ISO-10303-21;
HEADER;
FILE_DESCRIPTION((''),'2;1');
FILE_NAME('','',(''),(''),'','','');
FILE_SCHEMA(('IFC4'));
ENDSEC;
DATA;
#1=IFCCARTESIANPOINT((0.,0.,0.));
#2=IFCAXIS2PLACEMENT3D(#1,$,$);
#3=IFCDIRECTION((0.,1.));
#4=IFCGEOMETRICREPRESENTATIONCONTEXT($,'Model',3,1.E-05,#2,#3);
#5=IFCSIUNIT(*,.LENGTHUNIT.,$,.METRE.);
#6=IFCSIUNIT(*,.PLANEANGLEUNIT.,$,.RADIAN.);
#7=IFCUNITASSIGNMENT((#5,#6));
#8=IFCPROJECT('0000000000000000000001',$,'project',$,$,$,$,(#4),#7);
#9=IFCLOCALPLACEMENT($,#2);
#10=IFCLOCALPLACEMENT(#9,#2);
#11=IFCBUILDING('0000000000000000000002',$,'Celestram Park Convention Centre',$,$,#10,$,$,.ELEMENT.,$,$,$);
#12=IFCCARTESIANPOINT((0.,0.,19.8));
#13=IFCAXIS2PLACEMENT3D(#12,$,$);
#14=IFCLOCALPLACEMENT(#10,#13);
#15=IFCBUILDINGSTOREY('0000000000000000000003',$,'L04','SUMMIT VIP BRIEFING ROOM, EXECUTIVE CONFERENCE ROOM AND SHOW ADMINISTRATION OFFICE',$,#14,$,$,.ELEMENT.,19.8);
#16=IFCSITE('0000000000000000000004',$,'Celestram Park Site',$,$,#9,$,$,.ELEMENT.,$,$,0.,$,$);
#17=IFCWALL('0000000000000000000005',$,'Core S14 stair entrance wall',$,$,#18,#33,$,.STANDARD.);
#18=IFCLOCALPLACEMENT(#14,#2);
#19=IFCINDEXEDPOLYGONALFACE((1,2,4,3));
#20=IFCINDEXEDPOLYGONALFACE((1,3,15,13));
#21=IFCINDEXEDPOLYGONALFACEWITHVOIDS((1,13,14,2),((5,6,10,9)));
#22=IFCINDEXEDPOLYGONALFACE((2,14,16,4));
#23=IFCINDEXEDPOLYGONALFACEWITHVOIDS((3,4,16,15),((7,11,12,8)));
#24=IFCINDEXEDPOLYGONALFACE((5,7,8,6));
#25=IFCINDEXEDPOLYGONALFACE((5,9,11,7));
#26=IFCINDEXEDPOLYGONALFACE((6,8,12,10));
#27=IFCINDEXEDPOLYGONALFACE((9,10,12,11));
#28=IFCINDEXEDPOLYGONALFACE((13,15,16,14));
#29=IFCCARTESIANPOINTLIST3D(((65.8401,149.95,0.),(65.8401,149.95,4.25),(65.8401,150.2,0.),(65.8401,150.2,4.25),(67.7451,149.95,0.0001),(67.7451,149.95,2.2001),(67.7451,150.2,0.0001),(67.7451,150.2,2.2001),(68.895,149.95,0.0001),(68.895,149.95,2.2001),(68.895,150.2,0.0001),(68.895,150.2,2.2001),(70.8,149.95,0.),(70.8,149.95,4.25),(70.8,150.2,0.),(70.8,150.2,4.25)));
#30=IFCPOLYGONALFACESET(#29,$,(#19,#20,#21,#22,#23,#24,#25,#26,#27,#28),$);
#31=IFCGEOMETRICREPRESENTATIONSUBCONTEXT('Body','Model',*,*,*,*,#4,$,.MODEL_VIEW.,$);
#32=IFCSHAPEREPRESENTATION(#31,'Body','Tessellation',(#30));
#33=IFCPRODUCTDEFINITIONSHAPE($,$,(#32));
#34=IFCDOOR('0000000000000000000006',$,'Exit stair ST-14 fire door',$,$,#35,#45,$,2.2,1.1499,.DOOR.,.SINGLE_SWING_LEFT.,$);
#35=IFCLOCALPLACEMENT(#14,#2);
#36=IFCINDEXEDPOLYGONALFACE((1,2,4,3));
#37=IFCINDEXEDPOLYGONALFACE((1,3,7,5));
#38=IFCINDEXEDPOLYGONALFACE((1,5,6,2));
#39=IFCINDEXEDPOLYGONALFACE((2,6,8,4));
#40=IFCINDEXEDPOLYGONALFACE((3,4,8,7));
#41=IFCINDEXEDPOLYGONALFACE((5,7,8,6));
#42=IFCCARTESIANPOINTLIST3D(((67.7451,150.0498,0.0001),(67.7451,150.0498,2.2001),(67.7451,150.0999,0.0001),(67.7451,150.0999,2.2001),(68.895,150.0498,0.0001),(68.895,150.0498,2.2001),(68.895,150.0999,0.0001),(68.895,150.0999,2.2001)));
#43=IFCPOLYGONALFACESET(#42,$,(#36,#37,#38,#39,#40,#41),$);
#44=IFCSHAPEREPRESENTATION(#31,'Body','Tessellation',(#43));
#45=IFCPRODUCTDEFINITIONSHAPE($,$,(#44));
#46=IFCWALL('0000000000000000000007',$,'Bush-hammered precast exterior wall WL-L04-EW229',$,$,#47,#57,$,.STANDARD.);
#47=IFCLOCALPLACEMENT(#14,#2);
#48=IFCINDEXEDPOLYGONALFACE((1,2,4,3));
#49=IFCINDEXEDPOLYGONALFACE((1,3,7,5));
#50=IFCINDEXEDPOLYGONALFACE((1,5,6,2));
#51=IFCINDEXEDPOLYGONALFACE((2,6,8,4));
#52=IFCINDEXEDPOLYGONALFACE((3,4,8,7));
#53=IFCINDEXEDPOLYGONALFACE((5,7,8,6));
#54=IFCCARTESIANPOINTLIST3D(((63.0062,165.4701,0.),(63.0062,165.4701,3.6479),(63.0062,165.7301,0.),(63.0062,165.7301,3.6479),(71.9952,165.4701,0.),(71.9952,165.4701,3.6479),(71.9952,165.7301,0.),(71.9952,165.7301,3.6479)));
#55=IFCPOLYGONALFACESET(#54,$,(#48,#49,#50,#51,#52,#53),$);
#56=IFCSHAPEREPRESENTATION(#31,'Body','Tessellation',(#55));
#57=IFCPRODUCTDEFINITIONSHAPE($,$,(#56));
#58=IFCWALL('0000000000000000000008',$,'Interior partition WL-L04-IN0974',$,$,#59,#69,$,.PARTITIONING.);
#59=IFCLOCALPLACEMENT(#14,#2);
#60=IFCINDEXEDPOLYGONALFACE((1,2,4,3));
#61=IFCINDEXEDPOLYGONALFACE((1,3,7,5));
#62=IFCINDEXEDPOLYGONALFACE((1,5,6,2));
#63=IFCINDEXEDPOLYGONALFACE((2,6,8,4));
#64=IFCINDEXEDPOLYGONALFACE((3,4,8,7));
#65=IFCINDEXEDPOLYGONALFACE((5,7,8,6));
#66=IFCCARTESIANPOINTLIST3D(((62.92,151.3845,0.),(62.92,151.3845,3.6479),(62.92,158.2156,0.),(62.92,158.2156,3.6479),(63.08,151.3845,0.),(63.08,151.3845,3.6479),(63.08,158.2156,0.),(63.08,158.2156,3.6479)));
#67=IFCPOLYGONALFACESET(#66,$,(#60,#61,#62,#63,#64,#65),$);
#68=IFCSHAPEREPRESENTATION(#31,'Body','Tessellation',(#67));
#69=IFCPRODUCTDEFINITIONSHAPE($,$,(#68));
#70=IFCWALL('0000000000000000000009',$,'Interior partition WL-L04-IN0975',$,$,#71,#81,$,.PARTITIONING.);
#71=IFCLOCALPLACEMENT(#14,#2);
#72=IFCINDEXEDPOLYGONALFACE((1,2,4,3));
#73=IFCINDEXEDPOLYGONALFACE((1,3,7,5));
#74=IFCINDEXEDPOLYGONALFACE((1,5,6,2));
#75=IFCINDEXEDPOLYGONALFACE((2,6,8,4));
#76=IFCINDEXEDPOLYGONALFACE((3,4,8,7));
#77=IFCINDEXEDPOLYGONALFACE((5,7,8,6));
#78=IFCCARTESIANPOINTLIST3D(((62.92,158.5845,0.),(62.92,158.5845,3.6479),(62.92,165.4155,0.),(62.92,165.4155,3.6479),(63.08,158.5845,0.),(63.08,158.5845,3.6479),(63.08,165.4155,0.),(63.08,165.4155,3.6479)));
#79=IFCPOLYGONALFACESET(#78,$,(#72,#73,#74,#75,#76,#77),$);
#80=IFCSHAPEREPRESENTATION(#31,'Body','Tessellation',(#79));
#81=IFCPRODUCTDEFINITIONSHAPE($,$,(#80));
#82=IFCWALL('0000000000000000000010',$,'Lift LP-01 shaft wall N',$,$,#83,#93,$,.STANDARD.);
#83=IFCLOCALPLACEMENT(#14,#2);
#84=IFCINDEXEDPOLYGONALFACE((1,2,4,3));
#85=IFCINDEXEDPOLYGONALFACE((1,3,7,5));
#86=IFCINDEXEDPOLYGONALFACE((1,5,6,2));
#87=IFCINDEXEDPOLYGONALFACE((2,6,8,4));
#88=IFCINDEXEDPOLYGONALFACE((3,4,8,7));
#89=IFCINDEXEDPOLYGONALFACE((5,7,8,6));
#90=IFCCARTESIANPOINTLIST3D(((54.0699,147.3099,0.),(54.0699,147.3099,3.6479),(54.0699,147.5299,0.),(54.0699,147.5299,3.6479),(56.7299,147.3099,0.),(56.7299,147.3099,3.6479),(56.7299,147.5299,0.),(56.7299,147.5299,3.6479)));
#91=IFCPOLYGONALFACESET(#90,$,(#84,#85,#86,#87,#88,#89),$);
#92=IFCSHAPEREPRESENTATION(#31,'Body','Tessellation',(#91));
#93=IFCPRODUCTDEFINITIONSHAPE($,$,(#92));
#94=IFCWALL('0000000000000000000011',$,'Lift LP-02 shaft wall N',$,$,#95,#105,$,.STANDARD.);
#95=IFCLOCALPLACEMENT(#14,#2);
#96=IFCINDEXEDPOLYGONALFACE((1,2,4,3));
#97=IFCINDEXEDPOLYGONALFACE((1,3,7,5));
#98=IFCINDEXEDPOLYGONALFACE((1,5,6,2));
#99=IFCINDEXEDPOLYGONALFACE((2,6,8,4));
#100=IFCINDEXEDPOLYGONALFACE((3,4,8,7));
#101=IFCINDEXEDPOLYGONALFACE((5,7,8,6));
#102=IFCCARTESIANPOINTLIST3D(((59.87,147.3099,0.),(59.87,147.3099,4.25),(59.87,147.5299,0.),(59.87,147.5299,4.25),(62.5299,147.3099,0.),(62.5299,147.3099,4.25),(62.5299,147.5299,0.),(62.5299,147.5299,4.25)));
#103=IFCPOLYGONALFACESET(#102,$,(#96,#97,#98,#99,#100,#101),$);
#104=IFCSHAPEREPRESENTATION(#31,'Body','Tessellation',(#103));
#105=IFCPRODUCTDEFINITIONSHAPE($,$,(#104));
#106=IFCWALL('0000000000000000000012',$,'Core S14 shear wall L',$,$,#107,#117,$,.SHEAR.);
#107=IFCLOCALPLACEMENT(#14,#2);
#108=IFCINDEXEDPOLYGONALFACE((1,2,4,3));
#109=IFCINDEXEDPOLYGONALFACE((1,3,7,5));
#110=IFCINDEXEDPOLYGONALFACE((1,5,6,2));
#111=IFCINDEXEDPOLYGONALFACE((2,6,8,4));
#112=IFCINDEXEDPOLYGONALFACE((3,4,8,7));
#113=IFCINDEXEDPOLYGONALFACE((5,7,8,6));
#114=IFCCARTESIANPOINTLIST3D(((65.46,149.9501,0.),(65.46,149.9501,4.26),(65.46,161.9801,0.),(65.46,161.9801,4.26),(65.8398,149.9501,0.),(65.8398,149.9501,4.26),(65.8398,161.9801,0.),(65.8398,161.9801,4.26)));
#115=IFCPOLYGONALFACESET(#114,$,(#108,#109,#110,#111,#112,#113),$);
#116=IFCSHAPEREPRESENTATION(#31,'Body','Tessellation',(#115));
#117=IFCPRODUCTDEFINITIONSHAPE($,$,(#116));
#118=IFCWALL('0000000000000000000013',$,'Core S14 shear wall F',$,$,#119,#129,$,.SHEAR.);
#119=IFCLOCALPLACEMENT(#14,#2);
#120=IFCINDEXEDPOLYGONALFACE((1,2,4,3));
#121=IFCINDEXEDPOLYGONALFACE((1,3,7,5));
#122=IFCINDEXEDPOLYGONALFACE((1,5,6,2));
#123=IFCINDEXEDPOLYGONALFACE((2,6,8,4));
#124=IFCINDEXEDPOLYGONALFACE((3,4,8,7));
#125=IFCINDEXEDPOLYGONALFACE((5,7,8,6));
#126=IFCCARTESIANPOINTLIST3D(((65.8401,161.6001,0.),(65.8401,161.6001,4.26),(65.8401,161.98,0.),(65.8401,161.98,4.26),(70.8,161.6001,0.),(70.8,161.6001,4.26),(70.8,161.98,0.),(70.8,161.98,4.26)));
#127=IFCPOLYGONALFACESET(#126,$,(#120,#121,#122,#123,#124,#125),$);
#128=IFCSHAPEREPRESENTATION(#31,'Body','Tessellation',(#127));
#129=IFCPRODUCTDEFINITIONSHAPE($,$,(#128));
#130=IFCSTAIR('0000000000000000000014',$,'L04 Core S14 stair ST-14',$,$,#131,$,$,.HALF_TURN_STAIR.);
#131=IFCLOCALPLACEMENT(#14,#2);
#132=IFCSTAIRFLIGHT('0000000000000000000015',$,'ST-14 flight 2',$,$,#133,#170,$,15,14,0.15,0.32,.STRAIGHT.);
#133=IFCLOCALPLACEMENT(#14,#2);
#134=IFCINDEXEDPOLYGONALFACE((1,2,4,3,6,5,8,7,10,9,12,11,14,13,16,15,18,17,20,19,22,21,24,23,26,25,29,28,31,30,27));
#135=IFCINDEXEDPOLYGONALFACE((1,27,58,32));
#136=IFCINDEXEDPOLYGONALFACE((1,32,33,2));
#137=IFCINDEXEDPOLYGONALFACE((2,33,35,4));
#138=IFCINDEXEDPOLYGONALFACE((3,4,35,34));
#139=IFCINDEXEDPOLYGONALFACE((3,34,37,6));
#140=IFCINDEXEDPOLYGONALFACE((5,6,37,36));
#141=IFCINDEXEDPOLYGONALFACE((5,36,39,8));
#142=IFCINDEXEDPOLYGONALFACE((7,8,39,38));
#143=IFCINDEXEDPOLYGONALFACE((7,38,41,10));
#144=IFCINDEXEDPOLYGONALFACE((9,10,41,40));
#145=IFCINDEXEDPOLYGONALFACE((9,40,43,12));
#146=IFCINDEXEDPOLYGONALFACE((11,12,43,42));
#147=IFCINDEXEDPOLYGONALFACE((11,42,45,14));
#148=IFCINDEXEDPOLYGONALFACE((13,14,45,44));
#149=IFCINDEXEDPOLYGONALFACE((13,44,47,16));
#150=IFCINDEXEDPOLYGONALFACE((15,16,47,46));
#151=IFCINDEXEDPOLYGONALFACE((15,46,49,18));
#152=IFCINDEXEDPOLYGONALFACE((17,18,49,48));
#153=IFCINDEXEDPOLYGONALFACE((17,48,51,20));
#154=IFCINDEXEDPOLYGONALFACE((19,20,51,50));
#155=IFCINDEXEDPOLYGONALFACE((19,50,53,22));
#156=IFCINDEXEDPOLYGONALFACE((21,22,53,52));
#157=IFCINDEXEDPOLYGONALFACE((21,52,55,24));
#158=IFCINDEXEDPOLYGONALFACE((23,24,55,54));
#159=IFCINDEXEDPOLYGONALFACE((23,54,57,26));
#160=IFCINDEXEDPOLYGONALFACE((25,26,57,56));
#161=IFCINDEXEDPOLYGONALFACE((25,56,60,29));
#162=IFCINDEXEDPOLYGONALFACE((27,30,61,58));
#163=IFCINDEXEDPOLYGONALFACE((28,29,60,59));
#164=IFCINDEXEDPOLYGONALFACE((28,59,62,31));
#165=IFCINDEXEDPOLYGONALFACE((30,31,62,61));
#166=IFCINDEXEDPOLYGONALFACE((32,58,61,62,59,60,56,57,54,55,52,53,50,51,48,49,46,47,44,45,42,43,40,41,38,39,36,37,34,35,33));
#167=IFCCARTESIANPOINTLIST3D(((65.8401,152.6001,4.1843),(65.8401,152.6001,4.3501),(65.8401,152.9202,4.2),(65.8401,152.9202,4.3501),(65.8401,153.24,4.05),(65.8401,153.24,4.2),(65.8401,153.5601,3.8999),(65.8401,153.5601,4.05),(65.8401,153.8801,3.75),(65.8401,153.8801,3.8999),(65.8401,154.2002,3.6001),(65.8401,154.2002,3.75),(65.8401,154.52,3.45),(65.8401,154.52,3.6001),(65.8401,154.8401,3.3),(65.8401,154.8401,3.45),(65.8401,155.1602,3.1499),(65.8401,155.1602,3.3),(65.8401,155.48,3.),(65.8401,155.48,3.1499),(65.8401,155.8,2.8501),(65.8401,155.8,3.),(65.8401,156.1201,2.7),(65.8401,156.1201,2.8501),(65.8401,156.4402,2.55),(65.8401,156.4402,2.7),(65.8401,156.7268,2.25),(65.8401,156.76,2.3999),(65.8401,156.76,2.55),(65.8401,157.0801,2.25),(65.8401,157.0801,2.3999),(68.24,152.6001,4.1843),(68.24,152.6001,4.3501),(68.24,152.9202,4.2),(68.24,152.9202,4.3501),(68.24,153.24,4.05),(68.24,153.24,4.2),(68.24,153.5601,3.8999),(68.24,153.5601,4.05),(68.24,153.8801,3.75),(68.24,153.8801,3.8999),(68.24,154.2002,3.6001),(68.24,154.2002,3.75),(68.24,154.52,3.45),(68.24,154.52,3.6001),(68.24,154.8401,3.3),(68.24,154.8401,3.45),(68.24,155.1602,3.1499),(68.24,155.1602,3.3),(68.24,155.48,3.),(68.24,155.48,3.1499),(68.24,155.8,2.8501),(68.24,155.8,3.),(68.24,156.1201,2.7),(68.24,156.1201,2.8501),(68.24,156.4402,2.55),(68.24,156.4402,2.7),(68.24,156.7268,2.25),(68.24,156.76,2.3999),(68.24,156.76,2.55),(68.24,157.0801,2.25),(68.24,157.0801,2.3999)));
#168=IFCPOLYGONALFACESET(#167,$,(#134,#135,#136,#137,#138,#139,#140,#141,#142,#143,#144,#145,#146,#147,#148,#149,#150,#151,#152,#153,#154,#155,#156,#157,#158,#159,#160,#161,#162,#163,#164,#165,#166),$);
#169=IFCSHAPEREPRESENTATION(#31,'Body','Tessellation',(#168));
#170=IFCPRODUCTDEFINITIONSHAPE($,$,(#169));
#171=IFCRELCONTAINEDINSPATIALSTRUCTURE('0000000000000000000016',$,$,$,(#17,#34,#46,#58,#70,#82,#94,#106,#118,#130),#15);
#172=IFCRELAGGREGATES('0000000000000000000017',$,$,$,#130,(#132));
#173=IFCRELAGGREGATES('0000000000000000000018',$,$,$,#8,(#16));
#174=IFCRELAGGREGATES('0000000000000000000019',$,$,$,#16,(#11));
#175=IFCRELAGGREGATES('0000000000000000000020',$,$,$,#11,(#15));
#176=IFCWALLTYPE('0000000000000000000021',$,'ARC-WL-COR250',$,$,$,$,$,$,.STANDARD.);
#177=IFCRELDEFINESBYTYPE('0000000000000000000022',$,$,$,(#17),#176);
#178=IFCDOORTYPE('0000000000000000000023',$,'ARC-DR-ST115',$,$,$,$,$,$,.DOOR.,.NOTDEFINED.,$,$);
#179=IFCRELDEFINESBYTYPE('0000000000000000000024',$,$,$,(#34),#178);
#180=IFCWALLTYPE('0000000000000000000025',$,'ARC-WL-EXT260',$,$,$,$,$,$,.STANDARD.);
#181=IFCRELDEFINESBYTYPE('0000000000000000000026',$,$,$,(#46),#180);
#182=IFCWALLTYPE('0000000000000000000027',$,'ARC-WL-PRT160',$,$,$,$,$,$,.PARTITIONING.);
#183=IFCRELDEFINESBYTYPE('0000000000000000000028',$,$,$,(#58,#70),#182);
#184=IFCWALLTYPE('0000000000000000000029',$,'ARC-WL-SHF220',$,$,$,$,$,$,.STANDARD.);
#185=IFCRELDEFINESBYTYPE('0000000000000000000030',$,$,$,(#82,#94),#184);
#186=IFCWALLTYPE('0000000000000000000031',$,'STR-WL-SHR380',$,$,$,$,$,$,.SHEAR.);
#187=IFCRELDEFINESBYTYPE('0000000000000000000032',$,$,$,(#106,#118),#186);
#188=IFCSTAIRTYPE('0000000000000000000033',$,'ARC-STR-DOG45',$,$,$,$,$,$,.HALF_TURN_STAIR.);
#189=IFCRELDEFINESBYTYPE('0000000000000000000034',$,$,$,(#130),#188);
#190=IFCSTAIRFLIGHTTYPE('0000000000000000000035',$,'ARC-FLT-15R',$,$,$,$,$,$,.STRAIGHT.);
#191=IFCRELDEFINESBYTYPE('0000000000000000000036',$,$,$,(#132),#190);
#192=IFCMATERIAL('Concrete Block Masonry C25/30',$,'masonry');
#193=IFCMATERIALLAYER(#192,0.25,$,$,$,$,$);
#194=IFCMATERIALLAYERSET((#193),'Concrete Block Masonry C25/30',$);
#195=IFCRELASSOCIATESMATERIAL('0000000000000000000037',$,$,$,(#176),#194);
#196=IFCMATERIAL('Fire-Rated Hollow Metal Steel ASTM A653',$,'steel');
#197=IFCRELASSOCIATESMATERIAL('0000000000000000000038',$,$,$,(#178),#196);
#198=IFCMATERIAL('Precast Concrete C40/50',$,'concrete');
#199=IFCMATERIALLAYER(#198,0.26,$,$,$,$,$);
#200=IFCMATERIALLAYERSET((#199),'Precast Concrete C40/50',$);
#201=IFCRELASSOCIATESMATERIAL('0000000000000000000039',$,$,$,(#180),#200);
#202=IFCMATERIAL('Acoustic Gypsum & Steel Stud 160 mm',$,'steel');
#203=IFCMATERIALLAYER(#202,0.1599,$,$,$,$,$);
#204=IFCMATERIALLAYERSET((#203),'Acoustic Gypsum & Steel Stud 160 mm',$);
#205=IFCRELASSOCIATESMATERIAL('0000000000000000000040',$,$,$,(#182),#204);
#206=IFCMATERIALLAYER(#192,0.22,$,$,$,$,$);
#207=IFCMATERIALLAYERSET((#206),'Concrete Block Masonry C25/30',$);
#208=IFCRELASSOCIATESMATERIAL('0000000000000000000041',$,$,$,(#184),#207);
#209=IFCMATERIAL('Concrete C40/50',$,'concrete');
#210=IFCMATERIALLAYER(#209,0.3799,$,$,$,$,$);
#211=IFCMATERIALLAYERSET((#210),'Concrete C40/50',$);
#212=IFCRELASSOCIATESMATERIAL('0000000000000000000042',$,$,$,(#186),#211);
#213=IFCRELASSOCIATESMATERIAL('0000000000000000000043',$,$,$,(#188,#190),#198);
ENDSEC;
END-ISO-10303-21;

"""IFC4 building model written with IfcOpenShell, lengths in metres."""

from ifc_helpers import new_model, si_unit, direction, frame, frame_2d, origin, place, context, subcontext, project, spatial, polyline, rectangle, outline, extrude, material, layer, layer_set, type_object, element, fill, aggregate, save


model = new_model("IFC4")

# Units and contexts
model_context = context("Model", 3, precision=1e-05, world=origin(), true_north=direction((0.0, 1.0)))
body_context = subcontext(model_context, "Body", "Model", "MODEL_VIEW")
ifc_project = project(units=[si_unit("LENGTHUNIT", "METRE"), si_unit("PLANEANGLEUNIT", "RADIAN")], contexts=[model_context])

# Site, building, storey
site_placement = place(None, origin())
site = spatial("IfcSite", under=ifc_project, at=site_placement, Name="Celestram Park Site", CompositionType="ELEMENT", RefElevation=0.0)
building_placement = place(site_placement, origin())
building = spatial("IfcBuilding", under=site, at=building_placement, Name="Celestram Park Convention Centre", CompositionType="ELEMENT")
storey_placement = place(building_placement, frame((0.0, 0.0, 19.8)))
storey = spatial("IfcBuildingStorey", under=building, at=storey_placement, Name="L04", Description="SUMMIT VIP BRIEFING ROOM, EXECUTIVE CONFERENCE ROOM AND SHOW ADMINISTRATION OFFICE", CompositionType="ELEMENT", Elevation=19.8)

# Wall, opening, door
ifc_material_1 = material(Name="Concrete Block Masonry C25/30", Category="masonry")
ifc_layer_1 = layer(ifc_material_1, 0.25)
ifc_layer_set_1 = layer_set([ifc_layer_1], Name="Concrete Block Masonry C25/30")
wall_type_1 = type_object("IfcWallType", Name="ARC-WL-COR250", PredefinedType="STANDARD", material=ifc_layer_set_1)
wall_1_placement = place(storey_placement, frame((65.8401, 150.075, 0.0), z_axis=(0.0, 0.0, 1.0), x_axis=(1.0, 0.0, 0.0)))
wall_1 = element("IfcWall", 1, at=wall_1_placement, inside=storey, type_object=wall_type_1, Name="Core S14 stair entrance wall", PredefinedType="STANDARD", context=body_context, shape_type="SweptSolid", body=[
    extrude(rectangle(XDim=4.96, YDim=0.25, at=frame_2d((2.48, 0.0))), origin(), (0.0, 0.0, 1.0), 4.25),
])
opening_placement = place(wall_1_placement, frame((1.905, 0.0, 0.0)))
opening = element("IfcOpeningElement", 2, at=opening_placement, cuts=wall_1, PredefinedType="OPENING", context=body_context, shape_type="SweptSolid", body=[
    extrude(rectangle(XDim=1.1499, YDim=2.2, at=frame_2d((0.575, 1.1001))), frame((0.0, 0.135, 0.0), z_axis=(0.0, -1.0, 0.0), x_axis=(1.0, 0.0, 0.0)), (0.0, 0.0, 1.0), 0.27),
])
ifc_material_2 = material(Name="Fire-Rated Hollow Metal Steel ASTM A653", Category="steel")
door_type = type_object("IfcDoorType", Name="ARC-DR-ST115", OperationType="NOTDEFINED", PredefinedType="DOOR", material=ifc_material_2)
door_placement = place(opening_placement, origin())
door = element("IfcDoor", 3, at=door_placement, inside=storey, type_object=door_type, Name="Exit stair ST-14 fire door", OperationType="SINGLE_SWING_LEFT", OverallHeight=2.2, OverallWidth=1.1499, PredefinedType="DOOR", context=body_context, shape_type="SweptSolid", body=[
    extrude(rectangle(XDim=1.1499, YDim=2.2, at=frame_2d((0.575, 1.1001))), frame((0.0, 0.0249, 0.0), z_axis=(0.0, -1.0, 0.0), x_axis=(1.0, 0.0, 0.0)), (0.0, 0.0, 1.0), 0.05),
])
fill(opening, door)

# Walls
ifc_material_3 = material(Name="Precast Concrete C40/50", Category="concrete")
ifc_layer_2 = layer(ifc_material_3, 0.26)
ifc_layer_set_2 = layer_set([ifc_layer_2], Name="Precast Concrete C40/50")
wall_type_2 = type_object("IfcWallType", Name="ARC-WL-EXT260", PredefinedType="STANDARD", material=ifc_layer_set_2)
wall_2_placement = place(storey_placement, frame((63.0061, 165.6001, 0.0), z_axis=(0.0, 0.0, 1.0), x_axis=(1.0, 0.0, 0.0)))
element("IfcWall", 4, at=wall_2_placement, inside=storey, type_object=wall_type_2, Name="Bush-hammered precast exterior wall WL-L04-EW229", PredefinedType="STANDARD", context=body_context, shape_type="SweptSolid", body=[
    extrude(rectangle(XDim=8.989, YDim=0.26, at=frame_2d((4.4946, 0.0))), origin(), (0.0, 0.0, 1.0), 3.6479),
])
ifc_material_4 = material(Name="Acoustic Gypsum & Steel Stud 160 mm", Category="steel")
ifc_layer_3 = layer(ifc_material_4, 0.1599)
ifc_layer_set_3 = layer_set([ifc_layer_3], Name="Acoustic Gypsum & Steel Stud 160 mm")
wall_type_3 = type_object("IfcWallType", Name="ARC-WL-PRT160", PredefinedType="PARTITIONING", material=ifc_layer_set_3)
for number, where, z_axis, x_axis, name in (
    (5, (63.0, 151.3845, 0.0), (0.0, 0.0, 1.0), (0.0, 1.0, 0.0), "Interior partition WL-L04-IN0974"),
    (6, (63.0, 158.5845, 0.0), (0.0, 0.0, 1.0), (0.0, 1.0, 0.0), "Interior partition WL-L04-IN0975"),
):
    element("IfcWall", number, at=place(storey_placement, frame(where, z_axis=z_axis, x_axis=x_axis)), inside=storey, type_object=wall_type_3, Name=name, PredefinedType="PARTITIONING", context=body_context, shape_type="SweptSolid", body=[
        extrude(rectangle(XDim=6.8311, YDim=0.1599, at=frame_2d((3.4155, 0.0))), origin(), (0.0, 0.0, 1.0), 3.6479),
    ])
ifc_layer_4 = layer(ifc_material_1, 0.22)
ifc_layer_set_4 = layer_set([ifc_layer_4], Name="Concrete Block Masonry C25/30")
wall_type_4 = type_object("IfcWallType", Name="ARC-WL-SHF220", PredefinedType="STANDARD", material=ifc_layer_set_4)
wall_3_placement = place(storey_placement, frame((56.73, 147.4199, 0.0), z_axis=(0.0, 0.0, 1.0), x_axis=(-1.0, 0.0, 0.0)))
element("IfcWall", 7, at=wall_3_placement, inside=storey, type_object=wall_type_4, Name="Lift LP-01 shaft wall N", PredefinedType="STANDARD", context=body_context, shape_type="SweptSolid", body=[
    extrude(rectangle(XDim=2.6599, YDim=0.22, at=frame_2d((1.3301, 0.0))), origin(), (0.0, 0.0, 1.0), 3.6479),
])
wall_4_placement = place(storey_placement, frame((62.53, 147.4199, 0.0), z_axis=(0.0, 0.0, 1.0), x_axis=(-1.0, 0.0, 0.0)))
element("IfcWall", 8, at=wall_4_placement, inside=storey, type_object=wall_type_4, Name="Lift LP-02 shaft wall N", PredefinedType="STANDARD", context=body_context, shape_type="SweptSolid", body=[
    extrude(rectangle(XDim=2.6599, YDim=0.22, at=frame_2d((1.3301, 0.0))), origin(), (0.0, 0.0, 1.0), 4.25),
])
ifc_material_5 = material(Name="Concrete C40/50", Category="concrete")
ifc_layer_5 = layer(ifc_material_5, 0.3799)
ifc_layer_set_5 = layer_set([ifc_layer_5], Name="Concrete C40/50")
wall_type_5 = type_object("IfcWallType", Name="STR-WL-SHR380", PredefinedType="SHEAR", material=ifc_layer_set_5)
wall_5_placement = place(storey_placement, frame((65.6499, 149.95, 0.0), z_axis=(0.0, 0.0, 1.0), x_axis=(0.0, 1.0, 0.0)))
element("IfcWall", 9, at=wall_5_placement, inside=storey, type_object=wall_type_5, Name="Core S14 shear wall L", PredefinedType="SHEAR", context=body_context, shape_type="SweptSolid", body=[
    extrude(rectangle(XDim=12.03, YDim=0.3799, at=frame_2d((6.0151, 0.0))), origin(), (0.0, 0.0, 1.0), 4.26),
])
wall_6_placement = place(storey_placement, frame((65.8401, 161.79, 0.0), z_axis=(0.0, 0.0, 1.0), x_axis=(1.0, 0.0, 0.0)))
element("IfcWall", 10, at=wall_6_placement, inside=storey, type_object=wall_type_5, Name="Core S14 shear wall F", PredefinedType="SHEAR", context=body_context, shape_type="SweptSolid", body=[
    extrude(rectangle(XDim=4.96, YDim=0.3799, at=frame_2d((2.48, 0.0))), origin(), (0.0, 0.0, 1.0), 4.26),
])

# Stair, stair flight
stair_type = type_object("IfcStairType", Name="ARC-STR-DOG45", PredefinedType="HALF_TURN_STAIR", material=ifc_material_3)
stair_placement = place(storey_placement, origin())
stair = element("IfcStair", 11, at=stair_placement, inside=storey, type_object=stair_type, Name="L04 Core S14 stair ST-14", PredefinedType="HALF_TURN_STAIR")
stair_flight_type = type_object("IfcStairFlightType", Name="ARC-FLT-15R", PredefinedType="STRAIGHT", material=ifc_material_3)
stair_flight_placement = place(storey_placement, frame((67.04, 157.0801, 2.25), z_axis=(0.0, 0.0, 1.0), x_axis=(0.0, -1.0, 0.0)))
stair_flight = element("IfcStairFlight", 12, at=stair_flight_placement, type_object=stair_flight_type, Name="ST-14 flight 2", NumberOfRisers=15, NumberOfTreads=14, PredefinedType="STRAIGHT", RiserHeight=0.15, TreadLength=0.32, context=body_context, shape_type="SweptSolid", body=[
    extrude(outline(polyline([(0.0, 0.0), (0.0, 0.1499), (0.3201, 0.1499), (0.3201, 0.3), (0.6399, 0.3), (0.6399, 0.45), (0.96, 0.45), (0.96, 0.6001), (1.28, 0.6001), (1.28, 0.75), (1.6001, 0.75), (1.6001, 0.8999), (1.9199, 0.8999), (1.9199, 1.05), (2.24, 1.05), (2.24, 1.2), (2.5601, 1.2), (2.5601, 1.3501), (2.8799, 1.3501), (2.8799, 1.5), (3.2, 1.5), (3.2, 1.6499), (3.52, 1.6499), (3.52, 1.8), (3.8401, 1.8), (3.8401, 1.95), (4.1599, 1.95), (4.1599, 2.1001), (4.48, 2.1001), (4.48, 2.25), (4.48, 1.9343), (0.3533, 0.0), (0.0, 0.0)])), frame((0.0, 1.2, 0.0), z_axis=(0.0, -1.0, 0.0), x_axis=(1.0, 0.0, 0.0)), (0.0, 0.0, 1.0), 2.3999),
])
aggregate(stair, [stair_flight])

save(model, "model.ifc")
